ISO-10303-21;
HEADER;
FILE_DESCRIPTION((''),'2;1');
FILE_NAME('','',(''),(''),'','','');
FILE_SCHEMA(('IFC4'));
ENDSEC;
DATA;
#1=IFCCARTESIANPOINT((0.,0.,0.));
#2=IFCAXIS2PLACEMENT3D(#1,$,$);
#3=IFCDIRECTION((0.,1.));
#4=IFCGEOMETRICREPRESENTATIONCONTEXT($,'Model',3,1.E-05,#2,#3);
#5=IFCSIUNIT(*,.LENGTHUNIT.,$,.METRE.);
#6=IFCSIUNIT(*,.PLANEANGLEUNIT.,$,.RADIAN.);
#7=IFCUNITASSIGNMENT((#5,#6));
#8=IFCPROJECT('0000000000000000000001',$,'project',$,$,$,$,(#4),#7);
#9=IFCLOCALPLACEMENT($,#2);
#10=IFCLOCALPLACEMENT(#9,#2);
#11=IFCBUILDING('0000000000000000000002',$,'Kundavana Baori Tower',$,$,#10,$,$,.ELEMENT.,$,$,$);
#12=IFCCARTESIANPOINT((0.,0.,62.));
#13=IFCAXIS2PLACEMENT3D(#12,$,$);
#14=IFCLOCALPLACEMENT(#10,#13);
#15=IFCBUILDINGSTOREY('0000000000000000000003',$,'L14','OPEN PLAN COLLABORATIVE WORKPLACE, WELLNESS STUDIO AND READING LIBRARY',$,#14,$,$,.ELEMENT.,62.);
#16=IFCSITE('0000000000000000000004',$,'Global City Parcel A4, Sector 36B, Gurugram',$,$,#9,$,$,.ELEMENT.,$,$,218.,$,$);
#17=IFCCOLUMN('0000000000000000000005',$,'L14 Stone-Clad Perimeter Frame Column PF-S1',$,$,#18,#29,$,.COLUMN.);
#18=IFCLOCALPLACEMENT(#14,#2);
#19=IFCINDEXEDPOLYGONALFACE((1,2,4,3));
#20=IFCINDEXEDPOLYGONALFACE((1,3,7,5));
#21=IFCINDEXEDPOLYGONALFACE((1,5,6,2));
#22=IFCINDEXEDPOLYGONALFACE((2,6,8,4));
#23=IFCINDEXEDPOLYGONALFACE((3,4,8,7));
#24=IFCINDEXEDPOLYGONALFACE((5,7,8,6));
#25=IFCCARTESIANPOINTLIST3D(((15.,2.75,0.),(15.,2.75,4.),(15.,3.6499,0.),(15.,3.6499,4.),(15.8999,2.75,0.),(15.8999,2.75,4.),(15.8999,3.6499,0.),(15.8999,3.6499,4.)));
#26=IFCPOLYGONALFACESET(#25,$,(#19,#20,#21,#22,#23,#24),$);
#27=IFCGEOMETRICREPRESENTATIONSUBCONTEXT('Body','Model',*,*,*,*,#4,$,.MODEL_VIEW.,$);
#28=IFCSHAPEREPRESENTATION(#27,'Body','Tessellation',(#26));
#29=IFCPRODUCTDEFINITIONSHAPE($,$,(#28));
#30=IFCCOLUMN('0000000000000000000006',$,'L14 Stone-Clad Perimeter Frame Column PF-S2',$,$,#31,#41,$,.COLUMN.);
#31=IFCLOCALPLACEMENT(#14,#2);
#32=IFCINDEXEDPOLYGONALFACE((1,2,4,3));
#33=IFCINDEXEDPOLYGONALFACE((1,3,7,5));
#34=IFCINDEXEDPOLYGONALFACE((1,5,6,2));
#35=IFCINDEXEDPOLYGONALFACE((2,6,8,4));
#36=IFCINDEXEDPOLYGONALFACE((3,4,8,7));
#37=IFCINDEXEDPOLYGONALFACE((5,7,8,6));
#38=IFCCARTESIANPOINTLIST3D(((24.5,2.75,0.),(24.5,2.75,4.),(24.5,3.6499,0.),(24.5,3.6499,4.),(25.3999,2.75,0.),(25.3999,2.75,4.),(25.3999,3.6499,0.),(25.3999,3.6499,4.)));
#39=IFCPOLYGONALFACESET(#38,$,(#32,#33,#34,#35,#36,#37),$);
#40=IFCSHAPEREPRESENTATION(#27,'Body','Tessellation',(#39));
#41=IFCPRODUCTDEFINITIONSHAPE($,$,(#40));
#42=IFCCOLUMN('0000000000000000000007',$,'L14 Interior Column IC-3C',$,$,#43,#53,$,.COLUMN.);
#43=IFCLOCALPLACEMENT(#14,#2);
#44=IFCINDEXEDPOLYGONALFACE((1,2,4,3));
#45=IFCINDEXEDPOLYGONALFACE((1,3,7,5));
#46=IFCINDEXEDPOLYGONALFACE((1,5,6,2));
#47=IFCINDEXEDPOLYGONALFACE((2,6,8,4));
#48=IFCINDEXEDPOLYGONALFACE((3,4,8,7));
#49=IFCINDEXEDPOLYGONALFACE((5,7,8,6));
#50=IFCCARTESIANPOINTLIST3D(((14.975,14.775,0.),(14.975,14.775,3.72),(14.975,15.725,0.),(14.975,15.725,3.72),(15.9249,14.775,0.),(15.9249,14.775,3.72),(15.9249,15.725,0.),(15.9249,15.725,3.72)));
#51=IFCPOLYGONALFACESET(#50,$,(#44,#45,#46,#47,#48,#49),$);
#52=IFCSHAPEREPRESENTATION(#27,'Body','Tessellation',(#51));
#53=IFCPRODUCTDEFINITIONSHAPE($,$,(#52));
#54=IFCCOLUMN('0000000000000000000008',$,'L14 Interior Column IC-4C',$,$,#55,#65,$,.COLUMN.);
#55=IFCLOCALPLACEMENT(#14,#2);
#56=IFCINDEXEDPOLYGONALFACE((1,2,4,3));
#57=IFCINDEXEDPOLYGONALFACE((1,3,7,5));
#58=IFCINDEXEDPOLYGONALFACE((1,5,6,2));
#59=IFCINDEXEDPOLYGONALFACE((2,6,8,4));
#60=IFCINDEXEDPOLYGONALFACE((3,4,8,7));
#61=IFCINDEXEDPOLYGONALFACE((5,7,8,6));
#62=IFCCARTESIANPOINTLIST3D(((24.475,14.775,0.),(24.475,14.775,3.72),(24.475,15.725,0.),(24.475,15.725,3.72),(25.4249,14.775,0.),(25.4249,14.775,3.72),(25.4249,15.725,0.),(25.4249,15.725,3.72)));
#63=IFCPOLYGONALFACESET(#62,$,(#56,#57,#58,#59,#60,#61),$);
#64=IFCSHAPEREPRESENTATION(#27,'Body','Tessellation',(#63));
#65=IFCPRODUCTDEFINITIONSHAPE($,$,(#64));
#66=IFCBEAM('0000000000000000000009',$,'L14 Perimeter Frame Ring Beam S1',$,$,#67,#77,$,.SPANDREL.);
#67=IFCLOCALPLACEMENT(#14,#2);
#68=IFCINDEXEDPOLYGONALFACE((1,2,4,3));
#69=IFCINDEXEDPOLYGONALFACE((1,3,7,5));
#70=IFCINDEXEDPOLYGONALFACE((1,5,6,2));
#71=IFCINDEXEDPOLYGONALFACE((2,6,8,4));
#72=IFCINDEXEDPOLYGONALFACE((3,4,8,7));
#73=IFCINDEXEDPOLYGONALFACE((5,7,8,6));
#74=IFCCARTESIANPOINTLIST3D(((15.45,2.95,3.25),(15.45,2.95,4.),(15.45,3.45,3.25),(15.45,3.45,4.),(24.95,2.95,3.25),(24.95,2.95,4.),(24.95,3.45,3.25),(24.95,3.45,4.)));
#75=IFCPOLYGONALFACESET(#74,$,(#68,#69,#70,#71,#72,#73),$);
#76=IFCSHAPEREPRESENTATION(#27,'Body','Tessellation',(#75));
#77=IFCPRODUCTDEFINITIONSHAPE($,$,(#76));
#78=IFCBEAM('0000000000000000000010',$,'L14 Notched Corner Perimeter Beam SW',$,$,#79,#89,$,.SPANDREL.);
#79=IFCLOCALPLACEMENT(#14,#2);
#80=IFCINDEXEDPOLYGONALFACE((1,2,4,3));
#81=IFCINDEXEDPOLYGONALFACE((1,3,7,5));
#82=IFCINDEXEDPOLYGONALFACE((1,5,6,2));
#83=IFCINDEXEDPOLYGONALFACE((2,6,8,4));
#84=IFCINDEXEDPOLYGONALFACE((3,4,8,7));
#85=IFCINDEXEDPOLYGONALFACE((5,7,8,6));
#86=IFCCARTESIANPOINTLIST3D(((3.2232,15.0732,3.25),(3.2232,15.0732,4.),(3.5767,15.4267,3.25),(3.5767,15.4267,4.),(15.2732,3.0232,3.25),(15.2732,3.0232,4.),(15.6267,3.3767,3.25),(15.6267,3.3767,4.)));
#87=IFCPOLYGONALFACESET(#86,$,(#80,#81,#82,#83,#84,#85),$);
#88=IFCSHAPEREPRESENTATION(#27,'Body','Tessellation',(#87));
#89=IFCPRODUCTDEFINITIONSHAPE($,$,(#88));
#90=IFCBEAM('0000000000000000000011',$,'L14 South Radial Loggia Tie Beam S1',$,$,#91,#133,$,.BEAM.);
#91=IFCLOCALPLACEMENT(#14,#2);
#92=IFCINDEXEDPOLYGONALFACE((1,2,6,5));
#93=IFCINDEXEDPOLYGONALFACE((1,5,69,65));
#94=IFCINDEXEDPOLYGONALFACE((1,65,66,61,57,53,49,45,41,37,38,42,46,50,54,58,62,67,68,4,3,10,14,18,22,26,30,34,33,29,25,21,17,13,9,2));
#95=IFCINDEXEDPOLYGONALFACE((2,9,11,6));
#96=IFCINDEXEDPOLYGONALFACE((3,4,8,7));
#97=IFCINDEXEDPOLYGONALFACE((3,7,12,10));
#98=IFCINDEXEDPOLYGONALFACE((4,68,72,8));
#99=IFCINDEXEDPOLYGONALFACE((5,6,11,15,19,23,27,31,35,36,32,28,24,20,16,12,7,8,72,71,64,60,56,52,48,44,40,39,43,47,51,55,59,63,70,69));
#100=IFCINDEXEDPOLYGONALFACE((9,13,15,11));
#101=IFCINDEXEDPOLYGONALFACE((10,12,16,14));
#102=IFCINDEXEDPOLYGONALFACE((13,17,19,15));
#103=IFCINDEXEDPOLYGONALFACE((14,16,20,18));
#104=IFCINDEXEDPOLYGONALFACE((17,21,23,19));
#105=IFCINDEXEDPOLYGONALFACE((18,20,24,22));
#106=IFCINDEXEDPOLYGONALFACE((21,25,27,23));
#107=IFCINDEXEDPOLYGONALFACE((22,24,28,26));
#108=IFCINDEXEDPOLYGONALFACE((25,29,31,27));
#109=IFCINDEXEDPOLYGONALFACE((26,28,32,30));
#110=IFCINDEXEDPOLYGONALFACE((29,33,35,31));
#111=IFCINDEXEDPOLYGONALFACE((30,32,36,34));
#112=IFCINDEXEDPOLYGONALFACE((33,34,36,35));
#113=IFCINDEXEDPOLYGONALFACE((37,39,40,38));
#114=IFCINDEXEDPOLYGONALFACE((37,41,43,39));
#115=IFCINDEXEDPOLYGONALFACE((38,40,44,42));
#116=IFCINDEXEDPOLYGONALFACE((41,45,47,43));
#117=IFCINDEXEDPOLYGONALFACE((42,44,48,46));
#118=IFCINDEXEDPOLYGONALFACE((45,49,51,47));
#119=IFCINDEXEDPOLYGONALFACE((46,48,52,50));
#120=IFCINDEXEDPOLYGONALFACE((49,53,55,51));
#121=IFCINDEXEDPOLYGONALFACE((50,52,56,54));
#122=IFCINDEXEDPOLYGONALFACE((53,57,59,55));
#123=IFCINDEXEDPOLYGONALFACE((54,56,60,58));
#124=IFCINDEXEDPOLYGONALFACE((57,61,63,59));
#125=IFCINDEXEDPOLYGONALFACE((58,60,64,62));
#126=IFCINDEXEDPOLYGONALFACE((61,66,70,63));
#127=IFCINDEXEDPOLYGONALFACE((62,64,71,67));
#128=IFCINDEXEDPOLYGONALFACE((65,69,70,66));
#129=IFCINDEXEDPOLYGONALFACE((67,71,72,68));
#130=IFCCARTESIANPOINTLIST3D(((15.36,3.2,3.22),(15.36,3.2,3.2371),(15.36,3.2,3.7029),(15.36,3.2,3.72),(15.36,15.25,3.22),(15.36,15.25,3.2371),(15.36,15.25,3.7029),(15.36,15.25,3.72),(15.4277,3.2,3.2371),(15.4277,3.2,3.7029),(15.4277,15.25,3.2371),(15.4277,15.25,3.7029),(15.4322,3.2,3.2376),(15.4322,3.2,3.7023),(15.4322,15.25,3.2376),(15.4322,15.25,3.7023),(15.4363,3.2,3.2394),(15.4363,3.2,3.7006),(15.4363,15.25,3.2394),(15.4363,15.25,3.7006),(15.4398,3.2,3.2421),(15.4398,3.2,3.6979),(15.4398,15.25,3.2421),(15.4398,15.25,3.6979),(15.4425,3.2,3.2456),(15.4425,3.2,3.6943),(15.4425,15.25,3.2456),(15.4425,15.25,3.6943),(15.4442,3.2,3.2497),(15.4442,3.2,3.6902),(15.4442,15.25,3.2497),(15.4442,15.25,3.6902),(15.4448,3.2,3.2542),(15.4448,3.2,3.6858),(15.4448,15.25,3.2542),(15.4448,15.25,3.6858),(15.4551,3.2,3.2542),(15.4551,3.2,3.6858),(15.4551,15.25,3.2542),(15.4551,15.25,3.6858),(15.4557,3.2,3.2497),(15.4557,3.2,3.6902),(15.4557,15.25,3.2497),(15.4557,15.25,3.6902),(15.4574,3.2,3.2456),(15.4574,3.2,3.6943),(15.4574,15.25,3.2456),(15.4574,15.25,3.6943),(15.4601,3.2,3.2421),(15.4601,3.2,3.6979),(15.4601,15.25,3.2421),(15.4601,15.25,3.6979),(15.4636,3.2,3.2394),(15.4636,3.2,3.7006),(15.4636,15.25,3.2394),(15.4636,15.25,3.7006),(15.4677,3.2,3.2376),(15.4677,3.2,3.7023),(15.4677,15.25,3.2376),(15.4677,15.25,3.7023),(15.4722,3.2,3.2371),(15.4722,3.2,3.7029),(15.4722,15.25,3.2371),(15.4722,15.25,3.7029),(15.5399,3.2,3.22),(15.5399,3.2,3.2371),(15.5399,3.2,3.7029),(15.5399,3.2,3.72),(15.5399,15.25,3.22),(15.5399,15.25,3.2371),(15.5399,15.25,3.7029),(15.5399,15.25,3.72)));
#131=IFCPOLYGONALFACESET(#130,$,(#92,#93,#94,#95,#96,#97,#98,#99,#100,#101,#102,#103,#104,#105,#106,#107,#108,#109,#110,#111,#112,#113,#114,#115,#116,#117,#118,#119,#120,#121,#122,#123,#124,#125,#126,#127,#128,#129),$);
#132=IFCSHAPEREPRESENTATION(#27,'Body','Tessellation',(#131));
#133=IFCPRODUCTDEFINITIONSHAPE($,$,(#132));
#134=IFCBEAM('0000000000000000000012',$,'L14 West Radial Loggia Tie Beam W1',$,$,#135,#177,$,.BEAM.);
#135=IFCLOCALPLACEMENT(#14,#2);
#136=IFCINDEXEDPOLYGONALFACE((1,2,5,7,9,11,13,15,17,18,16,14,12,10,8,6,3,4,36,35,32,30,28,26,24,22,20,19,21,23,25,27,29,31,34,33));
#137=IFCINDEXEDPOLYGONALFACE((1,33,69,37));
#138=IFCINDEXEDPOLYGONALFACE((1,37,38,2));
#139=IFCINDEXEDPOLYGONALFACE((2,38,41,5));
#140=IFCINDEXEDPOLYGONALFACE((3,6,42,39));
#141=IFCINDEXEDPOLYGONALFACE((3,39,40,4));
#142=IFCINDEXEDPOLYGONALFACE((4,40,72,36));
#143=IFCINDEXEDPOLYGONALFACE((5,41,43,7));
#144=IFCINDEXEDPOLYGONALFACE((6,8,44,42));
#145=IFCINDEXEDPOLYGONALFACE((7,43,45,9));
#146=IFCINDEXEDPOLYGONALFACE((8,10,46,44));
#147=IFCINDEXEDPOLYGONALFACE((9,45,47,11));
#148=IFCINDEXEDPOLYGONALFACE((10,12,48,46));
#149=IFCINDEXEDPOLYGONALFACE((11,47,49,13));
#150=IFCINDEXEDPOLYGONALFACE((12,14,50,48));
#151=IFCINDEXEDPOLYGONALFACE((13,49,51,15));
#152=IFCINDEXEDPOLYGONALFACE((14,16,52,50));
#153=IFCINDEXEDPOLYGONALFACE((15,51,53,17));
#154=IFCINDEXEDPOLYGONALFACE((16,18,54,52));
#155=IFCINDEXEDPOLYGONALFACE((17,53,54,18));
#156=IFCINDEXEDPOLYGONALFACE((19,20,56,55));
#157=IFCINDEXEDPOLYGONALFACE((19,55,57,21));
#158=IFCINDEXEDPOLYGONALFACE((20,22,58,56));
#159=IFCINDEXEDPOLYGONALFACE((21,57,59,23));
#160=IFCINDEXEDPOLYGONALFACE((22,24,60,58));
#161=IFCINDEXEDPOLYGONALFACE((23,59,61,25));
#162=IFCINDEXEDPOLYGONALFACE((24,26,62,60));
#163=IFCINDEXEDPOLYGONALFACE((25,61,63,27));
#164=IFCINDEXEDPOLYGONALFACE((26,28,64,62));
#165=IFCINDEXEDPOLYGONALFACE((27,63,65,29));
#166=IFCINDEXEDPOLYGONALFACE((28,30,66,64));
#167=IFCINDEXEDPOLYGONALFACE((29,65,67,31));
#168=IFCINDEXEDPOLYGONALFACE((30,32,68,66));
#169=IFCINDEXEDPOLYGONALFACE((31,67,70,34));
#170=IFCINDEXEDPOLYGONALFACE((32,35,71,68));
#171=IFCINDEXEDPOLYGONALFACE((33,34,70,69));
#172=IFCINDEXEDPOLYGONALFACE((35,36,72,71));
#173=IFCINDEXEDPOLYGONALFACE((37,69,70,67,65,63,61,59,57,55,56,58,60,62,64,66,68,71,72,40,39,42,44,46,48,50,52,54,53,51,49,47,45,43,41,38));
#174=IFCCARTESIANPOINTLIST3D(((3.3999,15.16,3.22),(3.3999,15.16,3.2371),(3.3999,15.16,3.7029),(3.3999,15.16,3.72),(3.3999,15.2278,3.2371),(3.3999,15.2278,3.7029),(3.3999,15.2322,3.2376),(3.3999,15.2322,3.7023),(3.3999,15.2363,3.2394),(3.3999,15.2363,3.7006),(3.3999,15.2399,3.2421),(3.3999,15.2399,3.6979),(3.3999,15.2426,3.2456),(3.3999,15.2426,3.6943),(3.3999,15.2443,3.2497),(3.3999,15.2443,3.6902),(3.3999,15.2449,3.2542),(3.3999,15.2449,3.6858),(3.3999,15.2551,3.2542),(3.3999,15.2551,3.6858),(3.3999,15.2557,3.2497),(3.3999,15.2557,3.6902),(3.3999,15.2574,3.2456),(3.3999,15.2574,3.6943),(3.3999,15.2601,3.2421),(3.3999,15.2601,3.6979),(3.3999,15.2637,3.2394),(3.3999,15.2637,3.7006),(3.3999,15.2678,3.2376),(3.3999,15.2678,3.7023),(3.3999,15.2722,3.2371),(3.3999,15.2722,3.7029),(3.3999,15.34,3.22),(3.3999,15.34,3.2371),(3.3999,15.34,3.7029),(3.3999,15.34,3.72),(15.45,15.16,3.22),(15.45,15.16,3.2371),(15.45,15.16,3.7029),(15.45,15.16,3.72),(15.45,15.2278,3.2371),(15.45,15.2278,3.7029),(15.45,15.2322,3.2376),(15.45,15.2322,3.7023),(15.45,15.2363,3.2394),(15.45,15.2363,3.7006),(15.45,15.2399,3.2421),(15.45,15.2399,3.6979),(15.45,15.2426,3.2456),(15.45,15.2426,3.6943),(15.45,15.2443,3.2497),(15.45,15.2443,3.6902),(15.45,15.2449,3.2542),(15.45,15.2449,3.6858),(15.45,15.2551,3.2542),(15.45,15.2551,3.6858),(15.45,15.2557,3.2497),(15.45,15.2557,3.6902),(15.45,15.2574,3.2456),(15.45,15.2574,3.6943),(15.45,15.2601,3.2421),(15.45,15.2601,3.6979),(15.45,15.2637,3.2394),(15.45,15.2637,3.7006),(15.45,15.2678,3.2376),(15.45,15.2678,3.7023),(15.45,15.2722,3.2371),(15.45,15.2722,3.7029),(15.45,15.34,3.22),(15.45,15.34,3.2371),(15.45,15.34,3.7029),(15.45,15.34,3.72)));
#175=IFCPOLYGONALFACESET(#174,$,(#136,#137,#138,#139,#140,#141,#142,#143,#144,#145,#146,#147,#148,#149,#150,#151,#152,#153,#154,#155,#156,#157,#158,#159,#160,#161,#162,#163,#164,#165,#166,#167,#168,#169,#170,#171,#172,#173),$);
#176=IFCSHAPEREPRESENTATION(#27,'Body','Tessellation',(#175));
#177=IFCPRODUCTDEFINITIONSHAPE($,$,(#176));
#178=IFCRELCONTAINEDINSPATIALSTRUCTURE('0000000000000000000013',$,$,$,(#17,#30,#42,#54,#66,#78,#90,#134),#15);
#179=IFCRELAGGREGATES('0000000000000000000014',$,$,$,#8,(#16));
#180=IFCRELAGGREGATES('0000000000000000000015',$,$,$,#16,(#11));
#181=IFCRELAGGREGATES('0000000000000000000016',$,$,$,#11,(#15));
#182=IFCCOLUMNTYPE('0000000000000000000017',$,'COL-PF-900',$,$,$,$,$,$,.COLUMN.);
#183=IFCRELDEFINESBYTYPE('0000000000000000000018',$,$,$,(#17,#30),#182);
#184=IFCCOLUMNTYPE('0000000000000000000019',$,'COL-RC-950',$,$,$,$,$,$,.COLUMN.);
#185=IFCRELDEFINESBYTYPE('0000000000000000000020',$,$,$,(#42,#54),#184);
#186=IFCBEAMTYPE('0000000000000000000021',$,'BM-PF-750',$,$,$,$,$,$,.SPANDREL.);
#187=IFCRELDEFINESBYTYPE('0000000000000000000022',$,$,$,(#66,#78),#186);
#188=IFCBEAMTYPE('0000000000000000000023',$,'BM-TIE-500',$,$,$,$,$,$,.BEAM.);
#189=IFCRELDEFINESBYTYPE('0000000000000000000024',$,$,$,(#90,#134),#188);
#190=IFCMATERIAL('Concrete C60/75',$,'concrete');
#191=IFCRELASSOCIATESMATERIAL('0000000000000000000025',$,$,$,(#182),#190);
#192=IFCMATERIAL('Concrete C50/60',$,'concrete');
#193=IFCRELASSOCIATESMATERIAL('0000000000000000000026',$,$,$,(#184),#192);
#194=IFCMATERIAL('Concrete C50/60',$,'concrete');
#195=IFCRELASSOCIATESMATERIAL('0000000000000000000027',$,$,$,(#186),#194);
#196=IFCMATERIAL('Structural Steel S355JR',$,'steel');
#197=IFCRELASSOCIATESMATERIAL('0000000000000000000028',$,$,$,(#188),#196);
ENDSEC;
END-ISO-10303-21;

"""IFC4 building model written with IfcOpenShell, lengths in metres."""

from ifc_helpers import new_model, si_unit, direction, frame, origin, origin_2d, place, context, subcontext, project, spatial, rectangle, i_section, extrude, material, material_profile, profile_set, type_object, element, save


model = new_model("IFC4")

# Units and contexts
model_context = context("Model", 3, precision=1e-05, world=origin(), true_north=direction((0.0, 1.0)))
body_context = subcontext(model_context, "Body", "Model", "MODEL_VIEW")
ifc_project = project(units=[si_unit("LENGTHUNIT", "METRE"), si_unit("PLANEANGLEUNIT", "RADIAN")], contexts=[model_context])

# Site, building, storey
site_placement = place(None, origin())
site = spatial("IfcSite", under=ifc_project, at=site_placement, Name="Global City Parcel A4, Sector 36B, Gurugram", CompositionType="ELEMENT", RefElevation=218.0)
building_placement = place(site_placement, origin())
building = spatial("IfcBuilding", under=site, at=building_placement, Name="Kundavana Baori Tower", CompositionType="ELEMENT")
storey_placement = place(building_placement, frame((0.0, 0.0, 62.0)))
storey = spatial("IfcBuildingStorey", under=building, at=storey_placement, Name="L14", Description="OPEN PLAN COLLABORATIVE WORKPLACE, WELLNESS STUDIO AND READING LIBRARY", CompositionType="ELEMENT", Elevation=62.0)

# Columns
ifc_material_1 = material(Name="Concrete C60/75", Category="concrete")
ifc_material_profile_1 = material_profile(ifc_material_1, rectangle(XDim=0.8999, YDim=0.8999, at=origin_2d()), Name="RC PF 900x900")
ifc_profile_set_1 = profile_set([ifc_material_profile_1], Name="Concrete C60/75")
column_type_1 = type_object("IfcColumnType", Name="COL-PF-900", PredefinedType="COLUMN", material=ifc_profile_set_1)
for number, where, z_axis, x_axis, name in (
    (1, (15.45, 3.2, 0.0), (0.0, 0.0, 1.0), (1.0, 0.0, 0.0), "L14 Stone-Clad Perimeter Frame Column PF-S1"),
    (2, (24.95, 3.2, 0.0), (0.0, 0.0, 1.0), (1.0, 0.0, 0.0), "L14 Stone-Clad Perimeter Frame Column PF-S2"),
):
    element("IfcColumn", number, at=place(storey_placement, frame(where, z_axis=z_axis, x_axis=x_axis)), inside=storey, type_object=column_type_1, Name=name, PredefinedType="COLUMN", context=body_context, shape_type="SweptSolid", body=[
        extrude(rectangle(XDim=0.8999, YDim=0.8999, at=origin_2d()), origin(), (0.0, 0.0, 1.0), 4.0),
    ])
ifc_material_2 = material(Name="Concrete C50/60", Category="concrete")
ifc_material_profile_2 = material_profile(ifc_material_2, rectangle(XDim=0.95, YDim=0.95, at=origin_2d()), Name="RC 950x950")
ifc_profile_set_2 = profile_set([ifc_material_profile_2], Name="Concrete C50/60")
column_type_2 = type_object("IfcColumnType", Name="COL-RC-950", PredefinedType="COLUMN", material=ifc_profile_set_2)
for number, where, z_axis, x_axis, name in (
    (3, (15.45, 15.25, 0.0), (0.0, 0.0, 1.0), (1.0, 0.0, 0.0), "L14 Interior Column IC-3C"),
    (4, (24.95, 15.25, 0.0), (0.0, 0.0, 1.0), (1.0, 0.0, 0.0), "L14 Interior Column IC-4C"),
):
    element("IfcColumn", number, at=place(storey_placement, frame(where, z_axis=z_axis, x_axis=x_axis)), inside=storey, type_object=column_type_2, Name=name, PredefinedType="COLUMN", context=body_context, shape_type="SweptSolid", body=[
        extrude(rectangle(XDim=0.95, YDim=0.95, at=origin_2d()), origin(), (0.0, 0.0, 1.0), 3.72),
    ])

# Beams
ifc_material_3 = material(Name="Concrete C50/60", Category="concrete")
ifc_material_profile_3 = material_profile(ifc_material_3, rectangle(XDim=0.5, YDim=0.75, at=origin_2d()), Name="RC BM 500x750")
ifc_profile_set_3 = profile_set([ifc_material_profile_3], Name="Concrete C50/60")
beam_type_1 = type_object("IfcBeamType", Name="BM-PF-750", PredefinedType="SPANDREL", material=ifc_profile_set_3)
beam_1_placement = place(storey_placement, frame((15.45, 3.2, 3.625), z_axis=(1.0, 0.0, 0.0), x_axis=(0.0, 1.0, 0.0)))
element("IfcBeam", 5, at=beam_1_placement, inside=storey, type_object=beam_type_1, Name="L14 Perimeter Frame Ring Beam S1", PredefinedType="SPANDREL", context=body_context, shape_type="SweptSolid", body=[
    extrude(rectangle(XDim=0.5, YDim=0.75, at=origin_2d()), origin(), (0.0, 0.0, 1.0), 9.5),
])
beam_2_placement = place(storey_placement, frame((15.45, 3.2, 3.625), z_axis=(-0.707107, 0.707107, 0.0), x_axis=(-0.707107, -0.707107, 0.0)))
element("IfcBeam", 6, at=beam_2_placement, inside=storey, type_object=beam_type_1, Name="L14 Notched Corner Perimeter Beam SW", PredefinedType="SPANDREL", context=body_context, shape_type="SweptSolid", body=[
    extrude(rectangle(XDim=0.5, YDim=0.75, at=origin_2d()), origin(), (0.0, 0.0, 1.0), 17.0413),
])
ifc_material_4 = material(Name="Structural Steel S355JR", Category="steel")
ifc_material_profile_4 = material_profile(ifc_material_4, i_section(OverallWidth=0.1799, OverallDepth=0.5, WebThickness=0.0103, FlangeThickness=0.0171, FilletRadius=0.0171, at=origin_2d()), Name="ISMB 500")
ifc_profile_set_4 = profile_set([ifc_material_profile_4], Name="Structural Steel S355JR")
beam_type_2 = type_object("IfcBeamType", Name="BM-TIE-500", PredefinedType="BEAM", material=ifc_profile_set_4)
for number, where, z_axis, x_axis, name in (
    (7, (15.45, 15.25, 3.47), (0.0, -1.0, 0.0), (1.0, 0.0, 0.0), "L14 South Radial Loggia Tie Beam S1"),
    (8, (15.45, 15.25, 3.47), (-1.0, 0.0, 0.0), (0.0, -1.0, 0.0), "L14 West Radial Loggia Tie Beam W1"),
):
    element("IfcBeam", number, at=place(storey_placement, frame(where, z_axis=z_axis, x_axis=x_axis)), inside=storey, type_object=beam_type_2, Name=name, PredefinedType="BEAM", context=body_context, shape_type="SweptSolid", body=[
        extrude(i_section(OverallWidth=0.1799, OverallDepth=0.5, WebThickness=0.0103, FlangeThickness=0.0171, FilletRadius=0.0171, at=origin_2d()), origin(), (0.0, 0.0, 1.0), 12.05),
    ])

save(model, "model.ifc")
